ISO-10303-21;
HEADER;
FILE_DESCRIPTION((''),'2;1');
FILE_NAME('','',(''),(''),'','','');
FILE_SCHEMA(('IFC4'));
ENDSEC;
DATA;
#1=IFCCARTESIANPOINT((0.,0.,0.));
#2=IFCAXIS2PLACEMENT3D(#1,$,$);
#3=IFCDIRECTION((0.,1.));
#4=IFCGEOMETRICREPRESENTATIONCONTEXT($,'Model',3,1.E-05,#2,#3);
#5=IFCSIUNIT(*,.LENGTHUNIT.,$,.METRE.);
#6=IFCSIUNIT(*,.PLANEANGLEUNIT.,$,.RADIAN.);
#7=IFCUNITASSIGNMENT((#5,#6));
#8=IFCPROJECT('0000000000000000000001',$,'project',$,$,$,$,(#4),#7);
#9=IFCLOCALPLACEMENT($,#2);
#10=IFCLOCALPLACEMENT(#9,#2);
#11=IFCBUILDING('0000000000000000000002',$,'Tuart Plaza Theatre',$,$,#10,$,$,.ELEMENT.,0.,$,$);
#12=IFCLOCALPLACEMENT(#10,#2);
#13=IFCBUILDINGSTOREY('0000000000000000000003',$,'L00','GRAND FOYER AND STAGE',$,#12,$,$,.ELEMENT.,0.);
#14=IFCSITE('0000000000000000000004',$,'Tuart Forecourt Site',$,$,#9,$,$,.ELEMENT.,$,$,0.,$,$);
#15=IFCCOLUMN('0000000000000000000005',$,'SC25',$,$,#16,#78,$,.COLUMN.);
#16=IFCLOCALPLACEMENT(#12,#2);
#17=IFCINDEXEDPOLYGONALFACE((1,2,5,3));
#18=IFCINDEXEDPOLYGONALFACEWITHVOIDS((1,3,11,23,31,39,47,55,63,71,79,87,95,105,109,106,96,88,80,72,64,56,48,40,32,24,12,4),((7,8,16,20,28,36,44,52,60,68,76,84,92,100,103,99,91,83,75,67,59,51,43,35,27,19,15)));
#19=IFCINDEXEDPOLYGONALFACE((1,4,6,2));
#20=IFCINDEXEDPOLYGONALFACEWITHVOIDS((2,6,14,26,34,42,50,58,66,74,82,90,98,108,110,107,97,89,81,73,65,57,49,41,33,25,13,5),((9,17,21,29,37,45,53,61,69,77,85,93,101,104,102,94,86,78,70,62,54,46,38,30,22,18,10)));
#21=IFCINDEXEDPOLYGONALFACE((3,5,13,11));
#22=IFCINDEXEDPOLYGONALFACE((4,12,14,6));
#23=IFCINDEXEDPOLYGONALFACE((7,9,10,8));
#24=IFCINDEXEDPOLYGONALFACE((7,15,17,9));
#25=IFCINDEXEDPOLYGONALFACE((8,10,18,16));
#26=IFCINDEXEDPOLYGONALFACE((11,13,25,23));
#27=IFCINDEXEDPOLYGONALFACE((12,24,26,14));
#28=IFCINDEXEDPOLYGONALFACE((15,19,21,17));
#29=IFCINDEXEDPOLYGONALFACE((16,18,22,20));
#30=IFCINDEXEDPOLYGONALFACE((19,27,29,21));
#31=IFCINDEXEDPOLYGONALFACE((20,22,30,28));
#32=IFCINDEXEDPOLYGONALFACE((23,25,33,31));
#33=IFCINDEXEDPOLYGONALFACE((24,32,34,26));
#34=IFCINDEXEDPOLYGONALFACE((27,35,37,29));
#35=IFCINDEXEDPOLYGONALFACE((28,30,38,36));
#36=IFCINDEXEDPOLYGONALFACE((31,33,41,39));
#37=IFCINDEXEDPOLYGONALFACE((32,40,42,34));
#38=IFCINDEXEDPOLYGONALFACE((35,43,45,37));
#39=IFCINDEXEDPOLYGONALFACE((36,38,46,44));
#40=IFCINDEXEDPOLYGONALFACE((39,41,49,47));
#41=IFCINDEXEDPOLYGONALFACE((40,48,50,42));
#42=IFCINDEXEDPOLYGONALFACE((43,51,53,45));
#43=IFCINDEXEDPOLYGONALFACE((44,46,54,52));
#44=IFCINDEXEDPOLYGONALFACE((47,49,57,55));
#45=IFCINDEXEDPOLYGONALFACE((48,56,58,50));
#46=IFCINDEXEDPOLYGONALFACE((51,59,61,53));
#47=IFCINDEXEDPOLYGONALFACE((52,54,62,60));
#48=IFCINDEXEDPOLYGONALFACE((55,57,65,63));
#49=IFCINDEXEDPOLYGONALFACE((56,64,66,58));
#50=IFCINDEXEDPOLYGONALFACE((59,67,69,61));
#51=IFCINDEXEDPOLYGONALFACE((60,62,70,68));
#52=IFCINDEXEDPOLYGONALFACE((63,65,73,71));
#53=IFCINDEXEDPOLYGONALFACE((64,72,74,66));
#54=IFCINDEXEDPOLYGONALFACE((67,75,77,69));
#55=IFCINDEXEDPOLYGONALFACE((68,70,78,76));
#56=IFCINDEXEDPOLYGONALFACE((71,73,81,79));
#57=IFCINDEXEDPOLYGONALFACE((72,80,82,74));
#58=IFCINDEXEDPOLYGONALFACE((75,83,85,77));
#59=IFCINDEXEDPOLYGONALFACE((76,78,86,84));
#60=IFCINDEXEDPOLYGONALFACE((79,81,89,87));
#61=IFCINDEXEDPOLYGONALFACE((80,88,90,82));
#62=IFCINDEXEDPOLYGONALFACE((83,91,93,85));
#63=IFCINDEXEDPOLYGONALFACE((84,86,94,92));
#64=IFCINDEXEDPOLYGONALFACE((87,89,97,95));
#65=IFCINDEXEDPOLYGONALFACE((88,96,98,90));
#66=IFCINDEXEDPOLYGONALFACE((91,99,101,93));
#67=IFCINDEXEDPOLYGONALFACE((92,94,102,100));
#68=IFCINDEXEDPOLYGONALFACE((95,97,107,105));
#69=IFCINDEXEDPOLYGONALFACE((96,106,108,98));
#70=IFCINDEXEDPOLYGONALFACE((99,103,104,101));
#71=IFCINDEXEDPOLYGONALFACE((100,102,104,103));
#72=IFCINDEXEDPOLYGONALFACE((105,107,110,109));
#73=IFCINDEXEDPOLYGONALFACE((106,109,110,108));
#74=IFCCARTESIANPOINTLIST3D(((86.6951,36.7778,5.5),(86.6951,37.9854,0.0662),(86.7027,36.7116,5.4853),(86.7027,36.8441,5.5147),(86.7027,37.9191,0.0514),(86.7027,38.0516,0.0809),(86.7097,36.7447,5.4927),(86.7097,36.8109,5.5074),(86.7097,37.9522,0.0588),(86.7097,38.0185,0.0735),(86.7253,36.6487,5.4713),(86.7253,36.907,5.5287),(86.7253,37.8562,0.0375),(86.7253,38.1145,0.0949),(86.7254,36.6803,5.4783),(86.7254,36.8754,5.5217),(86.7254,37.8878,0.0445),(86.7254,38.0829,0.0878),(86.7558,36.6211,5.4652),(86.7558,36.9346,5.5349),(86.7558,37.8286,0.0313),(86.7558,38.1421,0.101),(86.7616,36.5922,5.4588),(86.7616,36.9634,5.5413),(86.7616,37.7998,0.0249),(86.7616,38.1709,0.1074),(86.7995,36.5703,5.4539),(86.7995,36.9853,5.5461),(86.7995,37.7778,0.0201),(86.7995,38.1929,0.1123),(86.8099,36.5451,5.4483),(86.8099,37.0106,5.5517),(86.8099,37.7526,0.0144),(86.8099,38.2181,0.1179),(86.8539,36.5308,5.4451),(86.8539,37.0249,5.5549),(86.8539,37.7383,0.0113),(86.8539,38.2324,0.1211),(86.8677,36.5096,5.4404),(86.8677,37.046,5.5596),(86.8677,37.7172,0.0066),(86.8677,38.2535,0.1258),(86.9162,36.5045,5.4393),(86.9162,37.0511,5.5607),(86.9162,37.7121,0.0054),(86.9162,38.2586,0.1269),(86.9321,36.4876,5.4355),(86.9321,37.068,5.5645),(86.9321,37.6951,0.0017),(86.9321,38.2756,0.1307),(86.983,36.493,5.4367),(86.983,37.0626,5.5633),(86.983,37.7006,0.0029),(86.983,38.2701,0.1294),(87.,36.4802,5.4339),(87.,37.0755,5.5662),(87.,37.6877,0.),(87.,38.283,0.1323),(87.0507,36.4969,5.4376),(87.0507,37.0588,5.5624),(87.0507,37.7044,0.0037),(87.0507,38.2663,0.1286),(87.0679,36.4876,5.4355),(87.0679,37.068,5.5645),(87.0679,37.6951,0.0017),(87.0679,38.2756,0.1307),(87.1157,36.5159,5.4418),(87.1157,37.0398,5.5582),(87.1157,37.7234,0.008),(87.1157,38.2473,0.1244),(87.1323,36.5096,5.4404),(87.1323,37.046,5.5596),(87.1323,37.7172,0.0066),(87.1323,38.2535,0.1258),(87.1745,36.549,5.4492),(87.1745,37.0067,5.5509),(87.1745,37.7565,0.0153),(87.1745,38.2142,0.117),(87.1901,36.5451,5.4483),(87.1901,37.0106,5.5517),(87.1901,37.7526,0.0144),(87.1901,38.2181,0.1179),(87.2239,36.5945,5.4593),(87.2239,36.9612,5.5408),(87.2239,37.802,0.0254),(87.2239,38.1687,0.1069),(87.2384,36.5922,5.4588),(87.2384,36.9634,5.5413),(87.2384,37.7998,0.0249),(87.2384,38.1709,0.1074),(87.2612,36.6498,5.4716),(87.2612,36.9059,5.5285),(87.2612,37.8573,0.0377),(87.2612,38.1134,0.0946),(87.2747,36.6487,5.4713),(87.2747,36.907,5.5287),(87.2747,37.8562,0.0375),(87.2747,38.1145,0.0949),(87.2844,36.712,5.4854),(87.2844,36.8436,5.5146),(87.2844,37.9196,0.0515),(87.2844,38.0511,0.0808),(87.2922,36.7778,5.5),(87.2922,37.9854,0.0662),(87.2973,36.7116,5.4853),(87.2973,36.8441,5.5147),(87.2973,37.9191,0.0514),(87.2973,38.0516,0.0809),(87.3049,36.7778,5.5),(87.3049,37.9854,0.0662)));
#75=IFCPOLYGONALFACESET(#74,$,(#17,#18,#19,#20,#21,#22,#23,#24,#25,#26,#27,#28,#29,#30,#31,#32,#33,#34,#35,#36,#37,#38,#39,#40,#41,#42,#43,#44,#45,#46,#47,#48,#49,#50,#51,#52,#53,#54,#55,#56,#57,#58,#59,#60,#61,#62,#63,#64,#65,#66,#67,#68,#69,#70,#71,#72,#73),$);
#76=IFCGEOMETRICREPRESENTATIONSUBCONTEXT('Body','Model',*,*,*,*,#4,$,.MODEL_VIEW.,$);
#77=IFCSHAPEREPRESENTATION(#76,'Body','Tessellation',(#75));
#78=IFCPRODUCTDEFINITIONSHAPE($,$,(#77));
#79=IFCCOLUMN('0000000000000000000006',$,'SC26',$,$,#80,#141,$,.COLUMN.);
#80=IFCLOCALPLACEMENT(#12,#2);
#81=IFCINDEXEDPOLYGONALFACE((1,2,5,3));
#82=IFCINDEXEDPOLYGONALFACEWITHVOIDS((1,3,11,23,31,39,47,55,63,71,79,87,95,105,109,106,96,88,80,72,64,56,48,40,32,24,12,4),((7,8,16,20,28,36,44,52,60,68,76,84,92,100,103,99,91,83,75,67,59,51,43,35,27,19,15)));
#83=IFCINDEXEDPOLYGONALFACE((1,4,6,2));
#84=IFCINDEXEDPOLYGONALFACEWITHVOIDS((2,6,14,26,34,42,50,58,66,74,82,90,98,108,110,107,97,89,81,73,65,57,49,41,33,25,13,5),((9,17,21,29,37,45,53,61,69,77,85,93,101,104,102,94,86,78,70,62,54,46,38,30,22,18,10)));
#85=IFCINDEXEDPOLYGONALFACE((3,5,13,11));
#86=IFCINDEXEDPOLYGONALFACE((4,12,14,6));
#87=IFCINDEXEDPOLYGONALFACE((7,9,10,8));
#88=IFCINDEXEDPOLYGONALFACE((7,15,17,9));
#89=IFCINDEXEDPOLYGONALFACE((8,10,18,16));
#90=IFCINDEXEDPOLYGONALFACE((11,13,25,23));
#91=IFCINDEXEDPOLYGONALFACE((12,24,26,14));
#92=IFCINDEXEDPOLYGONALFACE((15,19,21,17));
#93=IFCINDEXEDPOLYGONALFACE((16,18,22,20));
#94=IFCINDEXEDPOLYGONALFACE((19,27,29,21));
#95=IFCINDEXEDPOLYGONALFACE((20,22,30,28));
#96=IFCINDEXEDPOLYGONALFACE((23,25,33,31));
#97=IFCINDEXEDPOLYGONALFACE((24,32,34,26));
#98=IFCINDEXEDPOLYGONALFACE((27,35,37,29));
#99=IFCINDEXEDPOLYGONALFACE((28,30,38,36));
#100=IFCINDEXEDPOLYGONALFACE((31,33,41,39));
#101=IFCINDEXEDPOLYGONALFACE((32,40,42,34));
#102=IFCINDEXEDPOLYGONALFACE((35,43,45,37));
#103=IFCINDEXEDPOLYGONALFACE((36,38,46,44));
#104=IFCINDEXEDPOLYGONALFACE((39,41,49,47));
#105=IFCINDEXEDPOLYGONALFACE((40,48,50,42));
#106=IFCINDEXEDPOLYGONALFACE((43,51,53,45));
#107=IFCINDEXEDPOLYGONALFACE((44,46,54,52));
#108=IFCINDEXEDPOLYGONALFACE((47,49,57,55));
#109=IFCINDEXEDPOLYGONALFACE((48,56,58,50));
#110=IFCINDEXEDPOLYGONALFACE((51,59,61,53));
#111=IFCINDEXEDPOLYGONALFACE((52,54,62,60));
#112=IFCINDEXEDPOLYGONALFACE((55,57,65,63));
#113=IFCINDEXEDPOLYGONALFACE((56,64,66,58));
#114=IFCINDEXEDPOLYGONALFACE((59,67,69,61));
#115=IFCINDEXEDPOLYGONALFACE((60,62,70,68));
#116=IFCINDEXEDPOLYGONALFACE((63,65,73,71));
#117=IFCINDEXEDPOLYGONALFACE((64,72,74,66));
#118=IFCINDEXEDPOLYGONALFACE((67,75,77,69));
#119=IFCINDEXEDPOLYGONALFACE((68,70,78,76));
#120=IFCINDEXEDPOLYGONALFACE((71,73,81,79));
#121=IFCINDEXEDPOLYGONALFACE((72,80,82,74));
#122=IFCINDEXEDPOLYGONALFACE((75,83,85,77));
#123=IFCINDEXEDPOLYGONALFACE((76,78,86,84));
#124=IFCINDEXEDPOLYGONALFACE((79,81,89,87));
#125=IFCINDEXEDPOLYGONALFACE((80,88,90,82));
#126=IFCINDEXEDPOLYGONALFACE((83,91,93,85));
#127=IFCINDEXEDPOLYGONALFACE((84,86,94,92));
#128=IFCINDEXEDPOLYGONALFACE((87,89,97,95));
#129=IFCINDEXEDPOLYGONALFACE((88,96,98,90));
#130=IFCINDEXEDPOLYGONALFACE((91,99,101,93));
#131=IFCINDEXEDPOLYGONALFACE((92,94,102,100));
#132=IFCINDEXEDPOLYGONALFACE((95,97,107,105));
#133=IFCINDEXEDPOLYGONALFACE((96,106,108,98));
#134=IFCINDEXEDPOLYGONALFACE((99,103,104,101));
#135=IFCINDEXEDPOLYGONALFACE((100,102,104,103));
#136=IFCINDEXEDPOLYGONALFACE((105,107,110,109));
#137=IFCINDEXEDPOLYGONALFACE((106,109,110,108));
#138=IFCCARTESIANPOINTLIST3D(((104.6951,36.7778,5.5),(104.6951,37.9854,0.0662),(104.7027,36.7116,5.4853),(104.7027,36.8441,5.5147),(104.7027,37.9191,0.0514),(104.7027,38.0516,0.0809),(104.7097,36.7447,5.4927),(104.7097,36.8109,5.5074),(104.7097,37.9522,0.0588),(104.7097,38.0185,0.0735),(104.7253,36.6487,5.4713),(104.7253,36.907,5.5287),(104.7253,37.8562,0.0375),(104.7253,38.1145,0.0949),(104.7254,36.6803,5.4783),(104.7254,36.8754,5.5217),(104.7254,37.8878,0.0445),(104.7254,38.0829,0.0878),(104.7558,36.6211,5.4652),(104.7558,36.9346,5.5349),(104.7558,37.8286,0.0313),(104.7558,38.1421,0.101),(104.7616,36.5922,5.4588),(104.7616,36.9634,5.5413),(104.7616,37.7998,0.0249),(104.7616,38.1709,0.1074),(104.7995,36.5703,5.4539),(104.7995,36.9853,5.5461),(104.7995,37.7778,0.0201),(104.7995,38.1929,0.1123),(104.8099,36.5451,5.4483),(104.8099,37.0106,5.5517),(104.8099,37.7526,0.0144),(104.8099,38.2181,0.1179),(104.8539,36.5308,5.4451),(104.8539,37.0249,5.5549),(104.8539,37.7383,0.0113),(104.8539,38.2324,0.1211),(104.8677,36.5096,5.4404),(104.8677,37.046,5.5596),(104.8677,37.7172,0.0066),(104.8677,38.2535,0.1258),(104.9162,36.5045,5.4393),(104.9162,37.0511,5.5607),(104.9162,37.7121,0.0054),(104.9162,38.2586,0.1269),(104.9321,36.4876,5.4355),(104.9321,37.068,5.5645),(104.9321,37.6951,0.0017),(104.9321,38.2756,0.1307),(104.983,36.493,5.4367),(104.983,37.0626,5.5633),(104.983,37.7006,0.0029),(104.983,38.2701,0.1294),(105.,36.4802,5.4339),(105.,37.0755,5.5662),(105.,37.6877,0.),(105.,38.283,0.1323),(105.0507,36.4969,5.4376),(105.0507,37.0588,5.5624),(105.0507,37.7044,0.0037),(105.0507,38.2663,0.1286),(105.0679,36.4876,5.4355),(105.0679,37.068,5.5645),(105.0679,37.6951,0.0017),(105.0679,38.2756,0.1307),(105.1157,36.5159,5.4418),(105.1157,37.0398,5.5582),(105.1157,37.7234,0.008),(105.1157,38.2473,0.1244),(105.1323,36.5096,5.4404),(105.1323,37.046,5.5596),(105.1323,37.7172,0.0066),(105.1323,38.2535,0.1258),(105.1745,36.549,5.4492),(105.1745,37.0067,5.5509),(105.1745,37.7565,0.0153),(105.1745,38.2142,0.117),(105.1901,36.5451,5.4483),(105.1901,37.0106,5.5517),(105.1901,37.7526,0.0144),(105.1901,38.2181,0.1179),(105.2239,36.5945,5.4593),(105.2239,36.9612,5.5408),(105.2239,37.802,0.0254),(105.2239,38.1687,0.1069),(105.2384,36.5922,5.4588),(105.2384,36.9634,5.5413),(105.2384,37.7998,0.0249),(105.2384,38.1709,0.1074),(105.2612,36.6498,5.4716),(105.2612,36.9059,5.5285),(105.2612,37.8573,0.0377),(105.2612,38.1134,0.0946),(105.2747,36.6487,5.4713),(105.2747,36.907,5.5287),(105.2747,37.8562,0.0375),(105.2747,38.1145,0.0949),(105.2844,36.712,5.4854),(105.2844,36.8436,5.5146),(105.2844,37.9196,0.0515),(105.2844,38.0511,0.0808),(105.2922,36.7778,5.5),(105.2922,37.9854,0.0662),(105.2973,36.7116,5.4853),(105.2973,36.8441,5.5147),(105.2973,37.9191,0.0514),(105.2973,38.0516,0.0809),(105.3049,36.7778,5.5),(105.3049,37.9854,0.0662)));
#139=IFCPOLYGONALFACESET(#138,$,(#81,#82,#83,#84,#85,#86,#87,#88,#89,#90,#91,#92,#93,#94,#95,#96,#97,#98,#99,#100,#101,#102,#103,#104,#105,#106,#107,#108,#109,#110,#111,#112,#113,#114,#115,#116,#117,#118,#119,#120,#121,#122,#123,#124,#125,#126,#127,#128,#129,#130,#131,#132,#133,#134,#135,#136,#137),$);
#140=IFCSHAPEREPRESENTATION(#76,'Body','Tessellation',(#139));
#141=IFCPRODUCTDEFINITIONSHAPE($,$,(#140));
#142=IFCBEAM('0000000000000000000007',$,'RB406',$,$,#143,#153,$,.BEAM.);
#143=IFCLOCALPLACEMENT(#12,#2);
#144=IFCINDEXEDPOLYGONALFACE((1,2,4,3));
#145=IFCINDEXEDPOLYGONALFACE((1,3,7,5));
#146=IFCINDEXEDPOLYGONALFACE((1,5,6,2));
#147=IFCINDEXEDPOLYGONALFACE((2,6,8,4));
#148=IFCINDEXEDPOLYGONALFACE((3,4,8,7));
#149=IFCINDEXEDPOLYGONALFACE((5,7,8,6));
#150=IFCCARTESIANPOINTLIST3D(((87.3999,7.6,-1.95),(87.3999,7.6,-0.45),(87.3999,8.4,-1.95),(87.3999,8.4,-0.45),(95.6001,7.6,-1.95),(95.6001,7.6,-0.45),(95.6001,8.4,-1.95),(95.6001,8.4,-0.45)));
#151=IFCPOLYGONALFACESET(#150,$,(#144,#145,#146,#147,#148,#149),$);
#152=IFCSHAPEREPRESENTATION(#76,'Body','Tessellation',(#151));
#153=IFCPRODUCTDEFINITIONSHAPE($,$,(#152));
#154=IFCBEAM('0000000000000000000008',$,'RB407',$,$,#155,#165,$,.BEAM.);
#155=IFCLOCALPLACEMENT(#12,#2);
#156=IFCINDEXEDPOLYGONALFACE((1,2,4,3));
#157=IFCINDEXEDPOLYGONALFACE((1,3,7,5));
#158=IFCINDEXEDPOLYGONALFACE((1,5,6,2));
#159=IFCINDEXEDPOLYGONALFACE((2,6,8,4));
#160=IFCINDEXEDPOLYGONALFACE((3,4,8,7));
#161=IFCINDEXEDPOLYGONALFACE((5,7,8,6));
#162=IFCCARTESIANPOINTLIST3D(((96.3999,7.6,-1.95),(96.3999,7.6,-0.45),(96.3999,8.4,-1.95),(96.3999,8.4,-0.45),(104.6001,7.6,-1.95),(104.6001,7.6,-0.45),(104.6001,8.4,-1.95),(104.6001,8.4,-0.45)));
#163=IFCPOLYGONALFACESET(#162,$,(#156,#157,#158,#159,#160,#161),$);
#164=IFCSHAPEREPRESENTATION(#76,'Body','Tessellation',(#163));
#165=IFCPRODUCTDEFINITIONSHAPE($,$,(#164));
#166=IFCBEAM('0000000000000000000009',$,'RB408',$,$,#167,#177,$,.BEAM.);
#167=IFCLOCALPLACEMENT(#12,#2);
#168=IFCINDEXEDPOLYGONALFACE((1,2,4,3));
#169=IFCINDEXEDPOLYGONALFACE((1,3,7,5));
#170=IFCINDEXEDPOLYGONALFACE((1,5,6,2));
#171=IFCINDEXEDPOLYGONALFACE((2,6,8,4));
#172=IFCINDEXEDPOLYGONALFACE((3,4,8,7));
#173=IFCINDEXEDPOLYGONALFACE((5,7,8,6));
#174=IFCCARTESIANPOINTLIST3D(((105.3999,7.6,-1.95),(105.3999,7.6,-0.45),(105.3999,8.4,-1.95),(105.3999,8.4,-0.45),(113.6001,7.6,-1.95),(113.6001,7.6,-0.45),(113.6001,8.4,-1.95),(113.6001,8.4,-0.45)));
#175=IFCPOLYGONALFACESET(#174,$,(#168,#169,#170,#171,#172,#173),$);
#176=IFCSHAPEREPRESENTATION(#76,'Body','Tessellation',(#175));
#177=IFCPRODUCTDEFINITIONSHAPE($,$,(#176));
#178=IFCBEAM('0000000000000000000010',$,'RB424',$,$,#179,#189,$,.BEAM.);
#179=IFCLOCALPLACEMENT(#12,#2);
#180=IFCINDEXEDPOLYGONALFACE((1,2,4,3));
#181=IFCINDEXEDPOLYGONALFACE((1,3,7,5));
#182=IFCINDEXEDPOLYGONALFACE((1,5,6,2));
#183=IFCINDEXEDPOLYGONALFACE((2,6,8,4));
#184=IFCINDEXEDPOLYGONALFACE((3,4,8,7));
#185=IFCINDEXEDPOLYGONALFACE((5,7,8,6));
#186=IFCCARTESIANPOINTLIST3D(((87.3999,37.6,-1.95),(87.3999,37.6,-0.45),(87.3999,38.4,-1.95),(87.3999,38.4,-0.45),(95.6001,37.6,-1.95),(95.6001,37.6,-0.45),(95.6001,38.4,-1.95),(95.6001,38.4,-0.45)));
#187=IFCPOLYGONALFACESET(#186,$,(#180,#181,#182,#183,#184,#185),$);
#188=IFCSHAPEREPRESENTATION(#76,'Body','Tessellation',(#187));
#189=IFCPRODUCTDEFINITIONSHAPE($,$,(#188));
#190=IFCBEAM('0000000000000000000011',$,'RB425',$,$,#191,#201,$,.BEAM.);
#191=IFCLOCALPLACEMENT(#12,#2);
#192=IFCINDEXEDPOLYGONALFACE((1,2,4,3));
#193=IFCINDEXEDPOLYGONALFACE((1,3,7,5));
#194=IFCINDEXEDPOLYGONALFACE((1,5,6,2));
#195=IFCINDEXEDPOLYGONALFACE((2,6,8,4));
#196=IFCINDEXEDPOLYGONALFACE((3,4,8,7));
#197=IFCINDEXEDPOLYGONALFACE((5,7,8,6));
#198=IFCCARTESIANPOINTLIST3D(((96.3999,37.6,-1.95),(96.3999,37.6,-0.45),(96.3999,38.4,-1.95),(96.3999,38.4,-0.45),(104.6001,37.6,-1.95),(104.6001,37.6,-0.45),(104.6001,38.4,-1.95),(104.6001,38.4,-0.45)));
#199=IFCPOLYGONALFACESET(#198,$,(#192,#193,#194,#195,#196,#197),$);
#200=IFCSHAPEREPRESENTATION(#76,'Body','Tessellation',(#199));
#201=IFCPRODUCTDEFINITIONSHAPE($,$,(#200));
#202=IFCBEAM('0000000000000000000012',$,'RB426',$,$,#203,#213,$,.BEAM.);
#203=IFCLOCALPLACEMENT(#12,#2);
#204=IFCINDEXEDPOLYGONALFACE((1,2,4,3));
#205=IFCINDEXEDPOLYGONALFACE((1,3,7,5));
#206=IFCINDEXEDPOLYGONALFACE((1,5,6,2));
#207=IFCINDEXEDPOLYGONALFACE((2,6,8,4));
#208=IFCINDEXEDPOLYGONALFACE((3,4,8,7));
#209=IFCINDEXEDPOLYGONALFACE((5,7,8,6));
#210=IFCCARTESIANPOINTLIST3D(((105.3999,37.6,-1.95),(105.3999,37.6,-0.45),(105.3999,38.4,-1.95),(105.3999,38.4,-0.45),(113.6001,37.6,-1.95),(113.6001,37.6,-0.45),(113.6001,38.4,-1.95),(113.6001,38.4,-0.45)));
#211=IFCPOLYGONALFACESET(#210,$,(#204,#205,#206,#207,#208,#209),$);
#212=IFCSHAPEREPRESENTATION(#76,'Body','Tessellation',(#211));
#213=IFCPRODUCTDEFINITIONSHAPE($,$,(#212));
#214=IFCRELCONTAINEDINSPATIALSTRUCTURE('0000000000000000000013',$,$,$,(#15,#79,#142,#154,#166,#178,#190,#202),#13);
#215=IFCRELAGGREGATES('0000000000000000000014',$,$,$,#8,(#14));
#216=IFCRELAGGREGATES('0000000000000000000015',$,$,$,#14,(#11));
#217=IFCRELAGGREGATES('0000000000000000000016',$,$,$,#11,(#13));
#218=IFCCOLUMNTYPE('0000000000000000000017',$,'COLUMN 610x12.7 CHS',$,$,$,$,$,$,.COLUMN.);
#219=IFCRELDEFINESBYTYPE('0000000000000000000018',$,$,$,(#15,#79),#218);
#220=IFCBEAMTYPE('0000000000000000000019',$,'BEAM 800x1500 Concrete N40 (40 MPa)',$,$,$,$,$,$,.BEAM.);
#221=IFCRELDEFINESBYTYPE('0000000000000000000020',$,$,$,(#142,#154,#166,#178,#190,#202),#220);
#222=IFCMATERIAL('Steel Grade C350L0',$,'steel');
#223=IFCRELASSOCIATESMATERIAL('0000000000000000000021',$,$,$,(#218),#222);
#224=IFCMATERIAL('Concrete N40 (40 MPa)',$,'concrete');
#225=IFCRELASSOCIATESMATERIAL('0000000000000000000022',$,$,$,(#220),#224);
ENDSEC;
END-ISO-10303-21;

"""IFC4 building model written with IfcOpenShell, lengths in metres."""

from ifc_helpers import new_model, si_unit, direction, frame, origin, origin_2d, place, context, subcontext, project, spatial, rectangle, hollow_circle, extrude, material, material_profile, profile_set, type_object, element, save


model = new_model("IFC4")

# Units and contexts
model_context = context("Model", 3, precision=1e-05, world=origin(), true_north=direction((0.0, 1.0)))
body_context = subcontext(model_context, "Body", "Model", "MODEL_VIEW")
ifc_project = project(units=[si_unit("LENGTHUNIT", "METRE"), si_unit("PLANEANGLEUNIT", "RADIAN")], contexts=[model_context])

# Site, building, storey
site_placement = place(None, origin())
site = spatial("IfcSite", under=ifc_project, at=site_placement, Name="Tuart Forecourt Site", CompositionType="ELEMENT", RefElevation=0.0)
building_placement = place(site_placement, origin())
building = spatial("IfcBuilding", under=site, at=building_placement, Name="Tuart Plaza Theatre", CompositionType="ELEMENT", ElevationOfRefHeight=0.0)
storey_placement = place(building_placement, origin())
storey = spatial("IfcBuildingStorey", under=building, at=storey_placement, Name="L00", Description="GRAND FOYER AND STAGE", CompositionType="ELEMENT", Elevation=0.0)

# Columns
ifc_material_1 = material(Name="Steel Grade C350L0", Category="steel")
ifc_material_profile_1 = material_profile(ifc_material_1, hollow_circle(Radius=0.3049, WallThickness=0.0127, at=origin_2d()), Name="610x12.7 CHS")
ifc_profile_set_1 = profile_set([ifc_material_profile_1], Name="Steel Grade C350L0")
column_type = type_object("IfcColumnType", Name="COLUMN 610x12.7 CHS", PredefinedType="COLUMN", material=ifc_profile_set_1)
for number, where, z_axis, x_axis, name in (
    (1, (87.0, 37.9854, 0.0662), (0.0, -0.21693, 0.976187), (1.0, 0.0, 0.0), "SC25"),
    (2, (105.0, 37.9854, 0.0662), (0.0, -0.21693, 0.976187), (1.0, 0.0, 0.0), "SC26"),
):
    element("IfcColumn", number, at=place(storey_placement, frame(where, z_axis=z_axis, x_axis=x_axis)), inside=storey, type_object=column_type, Name=name, PredefinedType="COLUMN", context=body_context, shape_type="SweptSolid", body=[
        extrude(hollow_circle(Radius=0.3049, WallThickness=0.0127, at=origin_2d()), origin(), (0.0, 0.0, 1.0), 5.5664),
    ])

# Beams
ifc_material_2 = material(Name="Concrete N40 (40 MPa)", Category="concrete")
ifc_material_profile_2 = material_profile(ifc_material_2, rectangle(XDim=0.8, YDim=1.5, at=origin_2d()), Name="BEAM 800x1500 Concrete N40 (40 MPa)")
ifc_profile_set_2 = profile_set([ifc_material_profile_2], Name="Concrete N40 (40 MPa)")
beam_type_1 = type_object("IfcBeamType", Name="BEAM 800x1500 Concrete N40 (40 MPa)", PredefinedType="BEAM", material=ifc_profile_set_2)
for number, where, z_axis, x_axis, name in (
    (3, (87.3999, 8.0, -1.2), (1.0, 0.0, 0.0), (0.0, 1.0, 0.0), "RB406"),
    (4, (96.3999, 8.0, -1.2), (1.0, 0.0, 0.0), (0.0, 1.0, 0.0), "RB407"),
    (5, (105.3999, 8.0, -1.2), (1.0, 0.0, 0.0), (0.0, 1.0, 0.0), "RB408"),
    (6, (87.3999, 38.0, -1.2), (1.0, 0.0, 0.0), (0.0, 1.0, 0.0), "RB424"),
    (7, (96.3999, 38.0, -1.2), (1.0, 0.0, 0.0), (0.0, 1.0, 0.0), "RB425"),
    (8, (105.3999, 38.0, -1.2), (1.0, 0.0, 0.0), (0.0, 1.0, 0.0), "RB426"),
):
    element("IfcBeam", number, at=place(storey_placement, frame(where, z_axis=z_axis, x_axis=x_axis)), inside=storey, type_object=beam_type_1, Name=name, PredefinedType="BEAM", context=body_context, shape_type="SweptSolid", body=[
        extrude(rectangle(XDim=0.8, YDim=1.5, at=origin_2d()), origin(), (0.0, 0.0, 1.0), 8.2002),
    ])

save(model, "model.ifc")
